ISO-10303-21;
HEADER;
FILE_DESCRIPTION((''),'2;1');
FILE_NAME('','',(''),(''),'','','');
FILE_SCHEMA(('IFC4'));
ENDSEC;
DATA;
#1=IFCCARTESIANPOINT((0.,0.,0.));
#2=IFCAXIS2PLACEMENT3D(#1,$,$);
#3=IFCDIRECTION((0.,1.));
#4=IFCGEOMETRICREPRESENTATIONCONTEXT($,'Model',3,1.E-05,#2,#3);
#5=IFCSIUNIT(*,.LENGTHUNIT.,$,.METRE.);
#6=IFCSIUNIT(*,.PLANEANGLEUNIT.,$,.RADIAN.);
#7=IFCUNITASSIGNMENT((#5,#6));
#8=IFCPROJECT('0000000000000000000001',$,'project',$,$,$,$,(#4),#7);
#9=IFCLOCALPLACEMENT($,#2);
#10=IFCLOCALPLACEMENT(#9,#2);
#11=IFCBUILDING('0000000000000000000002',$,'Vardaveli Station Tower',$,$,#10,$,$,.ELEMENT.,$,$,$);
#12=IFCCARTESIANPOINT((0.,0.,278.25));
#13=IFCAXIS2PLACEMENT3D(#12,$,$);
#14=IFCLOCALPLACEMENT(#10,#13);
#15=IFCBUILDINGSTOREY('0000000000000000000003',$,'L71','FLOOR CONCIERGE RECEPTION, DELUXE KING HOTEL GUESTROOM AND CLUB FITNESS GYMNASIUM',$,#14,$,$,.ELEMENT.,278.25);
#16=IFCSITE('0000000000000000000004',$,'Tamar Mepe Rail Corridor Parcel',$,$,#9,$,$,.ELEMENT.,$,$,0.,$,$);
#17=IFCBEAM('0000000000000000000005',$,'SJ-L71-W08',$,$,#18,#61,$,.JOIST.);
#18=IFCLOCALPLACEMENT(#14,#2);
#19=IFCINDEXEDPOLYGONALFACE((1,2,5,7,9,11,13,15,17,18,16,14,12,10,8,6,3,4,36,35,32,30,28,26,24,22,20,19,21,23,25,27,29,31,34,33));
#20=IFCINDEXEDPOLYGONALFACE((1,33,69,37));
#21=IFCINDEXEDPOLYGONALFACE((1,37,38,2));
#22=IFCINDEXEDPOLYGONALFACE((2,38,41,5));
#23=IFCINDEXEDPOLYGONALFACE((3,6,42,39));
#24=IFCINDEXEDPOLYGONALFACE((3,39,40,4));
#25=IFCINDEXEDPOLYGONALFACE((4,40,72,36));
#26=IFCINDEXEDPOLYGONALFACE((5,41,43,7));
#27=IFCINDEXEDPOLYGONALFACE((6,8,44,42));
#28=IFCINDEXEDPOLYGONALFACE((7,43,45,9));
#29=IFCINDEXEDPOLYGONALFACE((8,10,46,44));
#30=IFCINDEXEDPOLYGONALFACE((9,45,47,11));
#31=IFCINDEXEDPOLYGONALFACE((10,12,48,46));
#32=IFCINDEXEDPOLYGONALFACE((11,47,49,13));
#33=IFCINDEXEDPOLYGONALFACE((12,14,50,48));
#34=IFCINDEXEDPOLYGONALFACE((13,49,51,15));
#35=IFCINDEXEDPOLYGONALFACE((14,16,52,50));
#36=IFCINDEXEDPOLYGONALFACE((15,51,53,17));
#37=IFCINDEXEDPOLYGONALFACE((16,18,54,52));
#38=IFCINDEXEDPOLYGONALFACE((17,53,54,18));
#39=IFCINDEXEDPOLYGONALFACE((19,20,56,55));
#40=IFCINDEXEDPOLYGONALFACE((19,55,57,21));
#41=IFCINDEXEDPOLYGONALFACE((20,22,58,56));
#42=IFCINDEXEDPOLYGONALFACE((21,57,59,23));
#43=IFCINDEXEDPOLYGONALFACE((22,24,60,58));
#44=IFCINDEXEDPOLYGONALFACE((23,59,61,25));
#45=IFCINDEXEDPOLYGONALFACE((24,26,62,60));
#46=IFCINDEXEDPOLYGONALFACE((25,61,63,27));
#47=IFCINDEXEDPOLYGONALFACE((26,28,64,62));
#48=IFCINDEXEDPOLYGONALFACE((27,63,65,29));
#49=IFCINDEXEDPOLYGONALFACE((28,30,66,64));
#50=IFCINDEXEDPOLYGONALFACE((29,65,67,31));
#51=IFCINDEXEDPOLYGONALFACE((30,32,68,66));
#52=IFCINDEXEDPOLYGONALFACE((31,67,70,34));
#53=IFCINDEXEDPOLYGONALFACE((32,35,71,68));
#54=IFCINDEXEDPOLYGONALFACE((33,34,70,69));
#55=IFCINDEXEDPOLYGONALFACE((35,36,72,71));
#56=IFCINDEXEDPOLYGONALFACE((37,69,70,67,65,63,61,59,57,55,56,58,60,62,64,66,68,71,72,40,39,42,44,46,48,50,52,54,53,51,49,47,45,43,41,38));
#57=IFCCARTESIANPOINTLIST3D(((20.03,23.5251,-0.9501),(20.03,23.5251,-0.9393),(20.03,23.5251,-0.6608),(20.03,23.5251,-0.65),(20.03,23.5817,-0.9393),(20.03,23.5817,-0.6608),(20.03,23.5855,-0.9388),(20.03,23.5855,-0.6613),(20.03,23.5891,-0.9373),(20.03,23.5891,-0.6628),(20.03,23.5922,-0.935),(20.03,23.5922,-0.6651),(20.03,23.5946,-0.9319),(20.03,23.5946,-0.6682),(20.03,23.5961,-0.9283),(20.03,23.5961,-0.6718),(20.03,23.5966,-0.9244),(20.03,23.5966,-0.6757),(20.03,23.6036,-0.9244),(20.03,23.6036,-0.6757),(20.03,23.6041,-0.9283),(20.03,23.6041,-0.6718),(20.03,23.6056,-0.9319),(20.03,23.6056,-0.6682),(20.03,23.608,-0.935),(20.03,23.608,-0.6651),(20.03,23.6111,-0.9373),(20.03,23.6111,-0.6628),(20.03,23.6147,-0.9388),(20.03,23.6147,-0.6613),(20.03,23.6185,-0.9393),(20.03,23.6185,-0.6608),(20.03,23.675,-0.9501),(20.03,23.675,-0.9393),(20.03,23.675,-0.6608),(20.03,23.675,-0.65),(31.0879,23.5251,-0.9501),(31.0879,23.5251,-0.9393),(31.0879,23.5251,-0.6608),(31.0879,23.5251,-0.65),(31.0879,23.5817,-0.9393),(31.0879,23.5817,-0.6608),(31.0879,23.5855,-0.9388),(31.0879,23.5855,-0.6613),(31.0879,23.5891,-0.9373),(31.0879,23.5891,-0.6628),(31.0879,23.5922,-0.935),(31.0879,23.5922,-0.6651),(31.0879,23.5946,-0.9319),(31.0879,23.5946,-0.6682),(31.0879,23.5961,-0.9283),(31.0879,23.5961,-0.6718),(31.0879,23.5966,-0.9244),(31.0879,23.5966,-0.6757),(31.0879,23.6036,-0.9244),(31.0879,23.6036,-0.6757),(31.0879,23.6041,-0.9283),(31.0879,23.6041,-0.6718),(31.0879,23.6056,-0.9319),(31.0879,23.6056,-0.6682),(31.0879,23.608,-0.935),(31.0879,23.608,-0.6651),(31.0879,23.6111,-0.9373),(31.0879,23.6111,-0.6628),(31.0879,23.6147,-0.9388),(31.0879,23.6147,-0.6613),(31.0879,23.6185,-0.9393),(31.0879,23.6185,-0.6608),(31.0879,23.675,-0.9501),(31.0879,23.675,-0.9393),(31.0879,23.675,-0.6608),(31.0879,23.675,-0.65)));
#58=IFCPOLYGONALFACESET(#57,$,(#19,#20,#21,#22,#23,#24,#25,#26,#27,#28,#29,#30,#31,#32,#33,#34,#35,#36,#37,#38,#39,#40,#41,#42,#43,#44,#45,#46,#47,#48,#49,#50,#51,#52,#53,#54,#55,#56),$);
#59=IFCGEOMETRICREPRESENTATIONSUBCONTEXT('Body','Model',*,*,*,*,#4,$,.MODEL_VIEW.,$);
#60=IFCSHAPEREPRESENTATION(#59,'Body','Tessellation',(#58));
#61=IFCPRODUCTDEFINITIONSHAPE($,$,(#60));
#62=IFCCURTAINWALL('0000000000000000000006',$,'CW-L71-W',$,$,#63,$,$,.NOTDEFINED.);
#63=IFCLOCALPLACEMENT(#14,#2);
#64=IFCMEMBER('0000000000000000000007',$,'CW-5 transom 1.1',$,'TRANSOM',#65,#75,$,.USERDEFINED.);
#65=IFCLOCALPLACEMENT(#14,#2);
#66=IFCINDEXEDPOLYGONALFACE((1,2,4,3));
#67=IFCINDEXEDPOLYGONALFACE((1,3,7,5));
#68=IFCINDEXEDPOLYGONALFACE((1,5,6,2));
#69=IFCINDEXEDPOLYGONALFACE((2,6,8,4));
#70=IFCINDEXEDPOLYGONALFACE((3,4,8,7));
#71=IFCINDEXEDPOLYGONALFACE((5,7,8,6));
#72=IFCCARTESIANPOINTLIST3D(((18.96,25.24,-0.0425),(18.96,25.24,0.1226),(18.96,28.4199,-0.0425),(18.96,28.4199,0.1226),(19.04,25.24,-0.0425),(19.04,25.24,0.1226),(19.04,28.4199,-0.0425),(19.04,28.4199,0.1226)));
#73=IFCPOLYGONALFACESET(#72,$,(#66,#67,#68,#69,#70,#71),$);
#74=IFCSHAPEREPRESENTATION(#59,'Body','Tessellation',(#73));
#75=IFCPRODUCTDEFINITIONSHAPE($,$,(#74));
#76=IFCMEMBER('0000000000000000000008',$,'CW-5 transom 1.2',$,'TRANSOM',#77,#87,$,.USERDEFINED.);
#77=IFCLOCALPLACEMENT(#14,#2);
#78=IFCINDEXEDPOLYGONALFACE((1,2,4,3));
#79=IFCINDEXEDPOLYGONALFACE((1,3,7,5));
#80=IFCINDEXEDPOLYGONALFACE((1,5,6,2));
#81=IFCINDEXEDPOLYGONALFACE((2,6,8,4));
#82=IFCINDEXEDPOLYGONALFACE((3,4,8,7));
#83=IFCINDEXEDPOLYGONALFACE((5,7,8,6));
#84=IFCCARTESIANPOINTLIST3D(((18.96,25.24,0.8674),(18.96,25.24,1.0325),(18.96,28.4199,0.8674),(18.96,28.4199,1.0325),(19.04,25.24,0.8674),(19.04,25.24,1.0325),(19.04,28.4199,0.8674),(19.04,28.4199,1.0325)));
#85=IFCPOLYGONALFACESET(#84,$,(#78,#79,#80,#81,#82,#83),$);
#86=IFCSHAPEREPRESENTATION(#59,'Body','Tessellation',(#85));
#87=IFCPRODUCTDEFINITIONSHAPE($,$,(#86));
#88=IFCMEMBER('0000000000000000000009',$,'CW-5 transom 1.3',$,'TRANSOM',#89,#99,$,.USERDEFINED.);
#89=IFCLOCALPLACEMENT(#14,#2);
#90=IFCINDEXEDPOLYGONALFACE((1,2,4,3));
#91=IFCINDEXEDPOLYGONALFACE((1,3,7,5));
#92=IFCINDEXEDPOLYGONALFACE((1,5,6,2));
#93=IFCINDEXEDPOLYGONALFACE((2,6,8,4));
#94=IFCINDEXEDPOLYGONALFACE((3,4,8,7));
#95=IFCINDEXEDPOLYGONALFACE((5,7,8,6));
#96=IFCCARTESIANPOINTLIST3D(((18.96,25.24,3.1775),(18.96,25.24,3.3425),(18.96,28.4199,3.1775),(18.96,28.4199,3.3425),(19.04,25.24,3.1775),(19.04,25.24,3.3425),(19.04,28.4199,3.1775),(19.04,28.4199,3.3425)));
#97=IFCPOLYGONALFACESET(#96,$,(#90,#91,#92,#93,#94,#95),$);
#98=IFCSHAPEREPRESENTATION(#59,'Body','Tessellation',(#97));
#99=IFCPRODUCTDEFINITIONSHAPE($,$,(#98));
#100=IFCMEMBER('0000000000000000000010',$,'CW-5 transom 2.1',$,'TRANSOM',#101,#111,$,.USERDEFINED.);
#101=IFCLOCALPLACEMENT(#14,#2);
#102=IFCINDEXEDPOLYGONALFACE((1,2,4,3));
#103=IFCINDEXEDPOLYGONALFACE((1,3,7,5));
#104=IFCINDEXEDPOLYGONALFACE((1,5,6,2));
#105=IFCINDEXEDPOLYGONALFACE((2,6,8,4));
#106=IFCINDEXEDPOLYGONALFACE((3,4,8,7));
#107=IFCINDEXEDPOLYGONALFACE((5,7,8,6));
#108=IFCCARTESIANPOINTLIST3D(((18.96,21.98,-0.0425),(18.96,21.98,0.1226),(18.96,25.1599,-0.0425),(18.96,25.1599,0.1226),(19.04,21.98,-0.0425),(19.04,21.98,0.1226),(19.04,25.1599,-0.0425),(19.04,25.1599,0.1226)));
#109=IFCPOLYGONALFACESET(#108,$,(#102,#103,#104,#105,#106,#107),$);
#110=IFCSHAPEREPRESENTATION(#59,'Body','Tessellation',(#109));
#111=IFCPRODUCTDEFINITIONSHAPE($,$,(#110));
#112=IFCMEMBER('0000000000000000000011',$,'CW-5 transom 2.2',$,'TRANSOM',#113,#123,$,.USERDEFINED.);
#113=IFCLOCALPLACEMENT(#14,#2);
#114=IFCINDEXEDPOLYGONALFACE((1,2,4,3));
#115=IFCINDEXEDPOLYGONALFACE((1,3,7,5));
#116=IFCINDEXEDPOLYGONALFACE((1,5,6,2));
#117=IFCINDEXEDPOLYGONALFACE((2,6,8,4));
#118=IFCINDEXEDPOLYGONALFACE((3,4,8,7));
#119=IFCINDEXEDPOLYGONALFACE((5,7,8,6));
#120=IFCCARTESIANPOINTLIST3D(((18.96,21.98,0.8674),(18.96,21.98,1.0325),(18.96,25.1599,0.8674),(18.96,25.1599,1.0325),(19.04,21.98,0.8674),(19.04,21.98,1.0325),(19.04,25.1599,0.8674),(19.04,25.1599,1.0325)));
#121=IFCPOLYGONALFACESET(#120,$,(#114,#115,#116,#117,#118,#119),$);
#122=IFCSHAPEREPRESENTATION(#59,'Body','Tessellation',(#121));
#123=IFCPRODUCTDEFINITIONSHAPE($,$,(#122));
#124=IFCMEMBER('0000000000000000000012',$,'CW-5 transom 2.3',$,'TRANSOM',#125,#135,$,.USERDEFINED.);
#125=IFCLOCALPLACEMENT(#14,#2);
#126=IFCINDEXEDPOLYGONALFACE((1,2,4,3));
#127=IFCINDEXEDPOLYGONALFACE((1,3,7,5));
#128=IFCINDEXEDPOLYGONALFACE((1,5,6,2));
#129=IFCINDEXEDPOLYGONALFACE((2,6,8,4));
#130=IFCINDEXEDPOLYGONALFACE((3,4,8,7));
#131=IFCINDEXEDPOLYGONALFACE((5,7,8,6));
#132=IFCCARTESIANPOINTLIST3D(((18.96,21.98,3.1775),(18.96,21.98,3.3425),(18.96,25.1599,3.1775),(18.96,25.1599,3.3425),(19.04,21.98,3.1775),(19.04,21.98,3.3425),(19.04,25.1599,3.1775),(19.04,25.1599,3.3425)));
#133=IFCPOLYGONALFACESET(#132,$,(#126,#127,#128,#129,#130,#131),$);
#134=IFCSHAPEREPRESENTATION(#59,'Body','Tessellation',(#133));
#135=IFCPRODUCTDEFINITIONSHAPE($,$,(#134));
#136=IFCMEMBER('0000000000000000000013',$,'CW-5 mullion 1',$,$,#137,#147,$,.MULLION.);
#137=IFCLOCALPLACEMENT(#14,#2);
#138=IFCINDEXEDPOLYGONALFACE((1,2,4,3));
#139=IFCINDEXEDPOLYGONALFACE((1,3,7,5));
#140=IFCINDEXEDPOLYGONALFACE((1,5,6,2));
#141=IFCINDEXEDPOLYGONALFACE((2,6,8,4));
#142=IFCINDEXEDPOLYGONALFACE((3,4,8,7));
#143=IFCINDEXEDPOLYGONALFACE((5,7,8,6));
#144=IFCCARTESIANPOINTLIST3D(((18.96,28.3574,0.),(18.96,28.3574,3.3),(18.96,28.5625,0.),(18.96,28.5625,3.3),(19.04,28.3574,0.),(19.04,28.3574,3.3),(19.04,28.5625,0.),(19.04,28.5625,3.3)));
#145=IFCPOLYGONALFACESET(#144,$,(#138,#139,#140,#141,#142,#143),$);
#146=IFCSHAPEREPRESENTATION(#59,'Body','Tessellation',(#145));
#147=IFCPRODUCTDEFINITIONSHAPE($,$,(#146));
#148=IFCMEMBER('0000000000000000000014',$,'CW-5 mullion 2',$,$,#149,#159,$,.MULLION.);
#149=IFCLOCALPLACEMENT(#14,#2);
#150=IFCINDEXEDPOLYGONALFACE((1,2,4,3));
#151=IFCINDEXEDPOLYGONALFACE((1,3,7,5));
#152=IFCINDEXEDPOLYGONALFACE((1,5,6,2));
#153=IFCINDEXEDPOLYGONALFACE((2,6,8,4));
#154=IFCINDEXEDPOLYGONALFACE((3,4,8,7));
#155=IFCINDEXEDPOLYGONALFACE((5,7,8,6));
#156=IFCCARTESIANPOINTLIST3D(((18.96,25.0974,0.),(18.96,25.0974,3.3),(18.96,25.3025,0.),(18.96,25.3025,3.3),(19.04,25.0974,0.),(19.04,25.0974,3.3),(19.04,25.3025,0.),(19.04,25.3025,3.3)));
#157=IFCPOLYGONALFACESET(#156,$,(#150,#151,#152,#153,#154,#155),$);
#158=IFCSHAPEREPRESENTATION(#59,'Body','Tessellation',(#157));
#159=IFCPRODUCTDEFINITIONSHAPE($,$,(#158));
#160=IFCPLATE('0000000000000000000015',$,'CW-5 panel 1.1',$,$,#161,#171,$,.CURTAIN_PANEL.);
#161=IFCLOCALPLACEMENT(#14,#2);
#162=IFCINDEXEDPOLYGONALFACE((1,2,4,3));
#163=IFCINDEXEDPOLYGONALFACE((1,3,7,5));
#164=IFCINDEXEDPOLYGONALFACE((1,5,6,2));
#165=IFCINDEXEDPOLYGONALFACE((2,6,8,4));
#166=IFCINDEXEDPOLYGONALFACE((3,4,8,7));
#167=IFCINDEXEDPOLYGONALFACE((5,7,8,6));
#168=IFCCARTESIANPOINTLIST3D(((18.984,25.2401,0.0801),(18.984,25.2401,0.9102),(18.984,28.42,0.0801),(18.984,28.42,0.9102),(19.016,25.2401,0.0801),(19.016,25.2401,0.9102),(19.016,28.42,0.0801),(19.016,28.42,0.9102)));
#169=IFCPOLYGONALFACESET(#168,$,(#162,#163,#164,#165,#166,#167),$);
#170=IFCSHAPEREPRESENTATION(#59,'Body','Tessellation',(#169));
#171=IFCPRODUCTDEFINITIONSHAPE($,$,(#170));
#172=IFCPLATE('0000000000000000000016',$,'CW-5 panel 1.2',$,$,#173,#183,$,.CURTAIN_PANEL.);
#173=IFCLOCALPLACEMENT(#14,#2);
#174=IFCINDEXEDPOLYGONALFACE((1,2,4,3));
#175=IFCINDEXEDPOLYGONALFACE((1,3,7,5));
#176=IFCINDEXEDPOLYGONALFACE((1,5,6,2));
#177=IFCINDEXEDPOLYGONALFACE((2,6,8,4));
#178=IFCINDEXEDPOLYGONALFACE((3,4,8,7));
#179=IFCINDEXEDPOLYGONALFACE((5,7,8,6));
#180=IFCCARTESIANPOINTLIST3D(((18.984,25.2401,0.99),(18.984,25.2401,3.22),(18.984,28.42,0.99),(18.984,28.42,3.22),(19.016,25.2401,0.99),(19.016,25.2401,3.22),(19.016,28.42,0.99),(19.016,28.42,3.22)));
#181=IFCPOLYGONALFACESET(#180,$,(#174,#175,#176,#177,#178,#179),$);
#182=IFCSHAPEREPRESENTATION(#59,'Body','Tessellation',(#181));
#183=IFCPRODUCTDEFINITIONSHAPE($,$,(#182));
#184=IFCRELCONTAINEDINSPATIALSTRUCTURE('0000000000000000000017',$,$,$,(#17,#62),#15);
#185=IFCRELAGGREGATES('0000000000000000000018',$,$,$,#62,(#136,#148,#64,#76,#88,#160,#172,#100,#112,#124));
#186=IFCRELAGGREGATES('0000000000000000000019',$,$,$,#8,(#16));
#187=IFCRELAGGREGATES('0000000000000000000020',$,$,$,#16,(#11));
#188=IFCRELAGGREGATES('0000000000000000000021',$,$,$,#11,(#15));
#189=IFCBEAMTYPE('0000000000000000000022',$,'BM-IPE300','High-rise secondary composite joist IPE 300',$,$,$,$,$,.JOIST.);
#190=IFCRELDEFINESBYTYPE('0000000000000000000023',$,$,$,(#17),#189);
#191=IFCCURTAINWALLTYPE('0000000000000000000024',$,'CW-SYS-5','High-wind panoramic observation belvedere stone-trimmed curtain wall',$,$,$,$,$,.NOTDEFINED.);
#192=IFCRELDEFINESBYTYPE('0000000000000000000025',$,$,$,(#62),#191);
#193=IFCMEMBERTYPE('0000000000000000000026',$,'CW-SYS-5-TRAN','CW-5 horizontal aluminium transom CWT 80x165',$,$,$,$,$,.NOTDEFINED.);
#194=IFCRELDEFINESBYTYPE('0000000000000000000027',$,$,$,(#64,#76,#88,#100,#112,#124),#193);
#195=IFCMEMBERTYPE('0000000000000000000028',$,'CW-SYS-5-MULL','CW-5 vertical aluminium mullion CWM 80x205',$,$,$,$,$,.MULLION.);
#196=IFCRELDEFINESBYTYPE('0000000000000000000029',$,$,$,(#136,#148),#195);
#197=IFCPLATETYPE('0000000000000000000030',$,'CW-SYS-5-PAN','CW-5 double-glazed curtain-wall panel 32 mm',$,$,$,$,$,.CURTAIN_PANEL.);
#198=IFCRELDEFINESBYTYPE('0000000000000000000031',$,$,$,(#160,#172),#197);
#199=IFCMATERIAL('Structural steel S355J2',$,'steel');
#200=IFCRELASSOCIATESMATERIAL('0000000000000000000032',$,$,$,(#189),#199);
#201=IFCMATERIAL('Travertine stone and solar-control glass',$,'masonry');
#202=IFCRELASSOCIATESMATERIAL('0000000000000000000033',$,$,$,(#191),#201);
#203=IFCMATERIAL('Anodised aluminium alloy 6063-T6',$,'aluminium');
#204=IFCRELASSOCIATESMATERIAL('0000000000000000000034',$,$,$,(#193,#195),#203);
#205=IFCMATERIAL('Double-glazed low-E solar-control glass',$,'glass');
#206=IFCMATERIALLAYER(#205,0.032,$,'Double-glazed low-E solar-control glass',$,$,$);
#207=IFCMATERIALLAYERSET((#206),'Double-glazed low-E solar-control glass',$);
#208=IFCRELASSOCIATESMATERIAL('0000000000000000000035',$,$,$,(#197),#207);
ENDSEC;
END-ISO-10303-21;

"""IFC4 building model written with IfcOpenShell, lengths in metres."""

from ifc_helpers import new_model, si_unit, direction, frame, origin, origin_2d, place, context, subcontext, project, spatial, rectangle, i_section, extrude, source, transform, mapped, material, layer, layer_set, material_profile, profile_set, type_object, element, aggregate, save


model = new_model("IFC4")

# Units and contexts
model_context = context("Model", 3, precision=1e-05, world=origin(), true_north=direction((0.0, 1.0)))
body_context = subcontext(model_context, "Body", "Model", "MODEL_VIEW")
ifc_project = project(units=[si_unit("LENGTHUNIT", "METRE"), si_unit("PLANEANGLEUNIT", "RADIAN")], contexts=[model_context])

# Site, building, storey
site_placement = place(None, origin())
site = spatial("IfcSite", under=ifc_project, at=site_placement, Name="Tamar Mepe Rail Corridor Parcel", CompositionType="ELEMENT", RefElevation=0.0)
building_placement = place(site_placement, origin())
building = spatial("IfcBuilding", under=site, at=building_placement, Name="Vardaveli Station Tower", CompositionType="ELEMENT")
storey_placement = place(building_placement, frame((0.0, 0.0, 278.25)))
storey = spatial("IfcBuildingStorey", under=building, at=storey_placement, Name="L71", Description="FLOOR CONCIERGE RECEPTION, DELUXE KING HOTEL GUESTROOM AND CLUB FITNESS GYMNASIUM", CompositionType="ELEMENT", Elevation=278.25)

# Beam
ifc_material_1 = material(Name="Structural steel S355J2", Category="steel")
ifc_material_profile_1 = material_profile(ifc_material_1, i_section(OverallWidth=0.1499, OverallDepth=0.3, WebThickness=0.0071, FlangeThickness=0.0107, FilletRadius=0.0149, at=origin_2d()), Name="IPE 300")
ifc_profile_set_1 = profile_set([ifc_material_profile_1], Name="Structural steel S355J2")
beam_type_1 = type_object("IfcBeamType", Name="BM-IPE300", Description="High-rise secondary composite joist IPE 300", PredefinedType="JOIST", material=ifc_profile_set_1)
shared_shape_1 = source(origin(), body_context, "Body", "SweptSolid", [
    extrude(i_section(OverallWidth=0.1499, OverallDepth=0.3, WebThickness=0.0071, FlangeThickness=0.0107, FilletRadius=0.0149, at=origin_2d()), origin(), (0.0, 0.0, 1.0), 11.0579),
])
beam_1_placement = place(storey_placement, frame((20.03, 23.6001, -0.8), z_axis=(1.0, 0.0, 0.0), x_axis=(0.0, 1.0, 0.0)))
element("IfcBeam", 1, at=beam_1_placement, inside=storey, type_object=beam_type_1, Name="SJ-L71-W08", PredefinedType="JOIST", context=body_context, shape_type="MappedRepresentation", body=[
    mapped(shared_shape_1, transform((0.0, 0.0, 0.0), scale=1.0)),
])

# Curtain wall, members, plates
ifc_material_2 = material(Name="Travertine stone and solar-control glass", Category="masonry")
curtain_wall_type = type_object("IfcCurtainWallType", Name="CW-SYS-5", Description="High-wind panoramic observation belvedere stone-trimmed curtain wall", PredefinedType="NOTDEFINED", material=ifc_material_2)
curtain_wall_placement = place(storey_placement, origin())
curtain_wall = element("IfcCurtainWall", 2, at=curtain_wall_placement, inside=storey, type_object=curtain_wall_type, Name="CW-L71-W", PredefinedType="NOTDEFINED")
ifc_material_3 = material(Name="Anodised aluminium alloy 6063-T6", Category="aluminium")
ifc_material_profile_2 = material_profile(ifc_material_3, rectangle(XDim=0.0801, YDim=0.165, at=origin_2d()), Name="CWT 80x165")
ifc_profile_set_2 = profile_set([ifc_material_profile_2], Name="Anodised aluminium alloy 6063-T6")
member_type_1 = type_object("IfcMemberType", Name="CW-SYS-5-TRAN", Description="CW-5 horizontal aluminium transom CWT 80x165", PredefinedType="NOTDEFINED", material=ifc_profile_set_2)
shared_shape_2 = source(origin(), body_context, "Body", "SweptSolid", [
    extrude(rectangle(XDim=0.0801, YDim=0.165, at=origin_2d()), origin(), (0.0, 0.0, 1.0), 3.1799),
])
member_1_placement = place(storey_placement, frame((19.0, 28.4199, 0.04), z_axis=(0.0, -1.0, 0.0), x_axis=(1.0, 0.0, 0.0)))
member_1 = element("IfcMember", 3, at=member_1_placement, type_object=member_type_1, Name="CW-5 transom 1.1", ObjectType="TRANSOM", PredefinedType="USERDEFINED", context=body_context, shape_type="MappedRepresentation", body=[
    mapped(shared_shape_2, transform((0.0, 0.0, 0.0), scale=1.0)),
])
member_2_placement = place(storey_placement, frame((19.0, 28.4199, 0.95), z_axis=(0.0, -1.0, 0.0), x_axis=(1.0, 0.0, 0.0)))
member_2 = element("IfcMember", 4, at=member_2_placement, type_object=member_type_1, Name="CW-5 transom 1.2", ObjectType="TRANSOM", PredefinedType="USERDEFINED", context=body_context, shape_type="MappedRepresentation", body=[
    mapped(shared_shape_2, transform((0.0, 0.0, 0.0), scale=1.0)),
])
member_3_placement = place(storey_placement, frame((19.0, 28.4199, 3.26), z_axis=(0.0, -1.0, 0.0), x_axis=(1.0, 0.0, 0.0)))
member_3 = element("IfcMember", 5, at=member_3_placement, type_object=member_type_1, Name="CW-5 transom 1.3", ObjectType="TRANSOM", PredefinedType="USERDEFINED", context=body_context, shape_type="MappedRepresentation", body=[
    mapped(shared_shape_2, transform((0.0, 0.0, 0.0), scale=1.0)),
])
member_4_placement = place(storey_placement, frame((19.0, 25.1599, 0.04), z_axis=(0.0, -1.0, 0.0), x_axis=(1.0, 0.0, 0.0)))
member_4 = element("IfcMember", 6, at=member_4_placement, type_object=member_type_1, Name="CW-5 transom 2.1", ObjectType="TRANSOM", PredefinedType="USERDEFINED", context=body_context, shape_type="MappedRepresentation", body=[
    mapped(shared_shape_2, transform((0.0, 0.0, 0.0), scale=1.0)),
])
member_5_placement = place(storey_placement, frame((19.0, 25.1599, 0.95), z_axis=(0.0, -1.0, 0.0), x_axis=(1.0, 0.0, 0.0)))
member_5 = element("IfcMember", 7, at=member_5_placement, type_object=member_type_1, Name="CW-5 transom 2.2", ObjectType="TRANSOM", PredefinedType="USERDEFINED", context=body_context, shape_type="MappedRepresentation", body=[
    mapped(shared_shape_2, transform((0.0, 0.0, 0.0), scale=1.0)),
])
member_6_placement = place(storey_placement, frame((19.0, 25.1599, 3.26), z_axis=(0.0, -1.0, 0.0), x_axis=(1.0, 0.0, 0.0)))
member_6 = element("IfcMember", 8, at=member_6_placement, type_object=member_type_1, Name="CW-5 transom 2.3", ObjectType="TRANSOM", PredefinedType="USERDEFINED", context=body_context, shape_type="MappedRepresentation", body=[
    mapped(shared_shape_2, transform((0.0, 0.0, 0.0), scale=1.0)),
])
ifc_material_profile_3 = material_profile(ifc_material_3, rectangle(XDim=0.0801, YDim=0.2051, at=origin_2d()), Name="CWM 80x205")
ifc_profile_set_3 = profile_set([ifc_material_profile_3], Name="Anodised aluminium alloy 6063-T6")
member_type_2 = type_object("IfcMemberType", Name="CW-SYS-5-MULL", Description="CW-5 vertical aluminium mullion CWM 80x205", PredefinedType="MULLION", material=ifc_profile_set_3)
shared_shape_3 = source(origin(), body_context, "Body", "SweptSolid", [
    extrude(rectangle(XDim=0.0801, YDim=0.2051, at=origin_2d()), origin(), (0.0, 0.0, 1.0), 3.3),
])
member_7_placement = place(storey_placement, frame((19.0, 28.46, 0.0), z_axis=(0.0, 0.0, 1.0), x_axis=(1.0, 0.0, 0.0)))
member_7 = element("IfcMember", 9, at=member_7_placement, type_object=member_type_2, Name="CW-5 mullion 1", PredefinedType="MULLION", context=body_context, shape_type="MappedRepresentation", body=[
    mapped(shared_shape_3, transform((0.0, 0.0, 0.0), scale=1.0)),
])
member_8_placement = place(storey_placement, frame((19.0, 25.2, 0.0), z_axis=(0.0, 0.0, 1.0), x_axis=(1.0, 0.0, 0.0)))
member_8 = element("IfcMember", 10, at=member_8_placement, type_object=member_type_2, Name="CW-5 mullion 2", PredefinedType="MULLION", context=body_context, shape_type="MappedRepresentation", body=[
    mapped(shared_shape_3, transform((0.0, 0.0, 0.0), scale=1.0)),
])
ifc_material_4 = material(Name="Double-glazed low-E solar-control glass", Category="glass")
ifc_layer_1 = layer(ifc_material_4, 0.032, Name="Double-glazed low-E solar-control glass")
ifc_layer_set_1 = layer_set([ifc_layer_1], Name="Double-glazed low-E solar-control glass")
plate_type = type_object("IfcPlateType", Name="CW-SYS-5-PAN", Description="CW-5 double-glazed curtain-wall panel 32 mm", PredefinedType="CURTAIN_PANEL", material=ifc_layer_set_1)
shared_shape_4 = source(origin(), body_context, "Body", "SweptSolid", [
    extrude(rectangle(XDim=3.1799, YDim=0.032, at=origin_2d()), origin(), (0.0, 0.0, 1.0), 0.8301),
])
plate_1_placement = place(storey_placement, frame((19.0, 26.8301, 0.0801), z_axis=(0.0, 0.0, 1.0), x_axis=(0.0, -1.0, 0.0)))
plate_1 = element("IfcPlate", 11, at=plate_1_placement, type_object=plate_type, Name="CW-5 panel 1.1", PredefinedType="CURTAIN_PANEL", context=body_context, shape_type="MappedRepresentation", body=[
    mapped(shared_shape_4, transform((0.0, 0.0, 0.0), scale=1.0)),
])
shared_shape_5 = source(origin(), body_context, "Body", "SweptSolid", [
    extrude(rectangle(XDim=3.1799, YDim=0.032, at=origin_2d()), origin(), (0.0, 0.0, 1.0), 2.23),
])
plate_2_placement = place(storey_placement, frame((19.0, 26.8301, 0.99), z_axis=(0.0, 0.0, 1.0), x_axis=(0.0, -1.0, 0.0)))
plate_2 = element("IfcPlate", 12, at=plate_2_placement, type_object=plate_type, Name="CW-5 panel 1.2", PredefinedType="CURTAIN_PANEL", context=body_context, shape_type="MappedRepresentation", body=[
    mapped(shared_shape_5, transform((0.0, 0.0, 0.0), scale=1.0)),
])
aggregate(curtain_wall, [member_7, member_8, member_1, member_2, member_3, plate_1, plate_2, member_4, member_5, member_6])

save(model, "model.ifc")
